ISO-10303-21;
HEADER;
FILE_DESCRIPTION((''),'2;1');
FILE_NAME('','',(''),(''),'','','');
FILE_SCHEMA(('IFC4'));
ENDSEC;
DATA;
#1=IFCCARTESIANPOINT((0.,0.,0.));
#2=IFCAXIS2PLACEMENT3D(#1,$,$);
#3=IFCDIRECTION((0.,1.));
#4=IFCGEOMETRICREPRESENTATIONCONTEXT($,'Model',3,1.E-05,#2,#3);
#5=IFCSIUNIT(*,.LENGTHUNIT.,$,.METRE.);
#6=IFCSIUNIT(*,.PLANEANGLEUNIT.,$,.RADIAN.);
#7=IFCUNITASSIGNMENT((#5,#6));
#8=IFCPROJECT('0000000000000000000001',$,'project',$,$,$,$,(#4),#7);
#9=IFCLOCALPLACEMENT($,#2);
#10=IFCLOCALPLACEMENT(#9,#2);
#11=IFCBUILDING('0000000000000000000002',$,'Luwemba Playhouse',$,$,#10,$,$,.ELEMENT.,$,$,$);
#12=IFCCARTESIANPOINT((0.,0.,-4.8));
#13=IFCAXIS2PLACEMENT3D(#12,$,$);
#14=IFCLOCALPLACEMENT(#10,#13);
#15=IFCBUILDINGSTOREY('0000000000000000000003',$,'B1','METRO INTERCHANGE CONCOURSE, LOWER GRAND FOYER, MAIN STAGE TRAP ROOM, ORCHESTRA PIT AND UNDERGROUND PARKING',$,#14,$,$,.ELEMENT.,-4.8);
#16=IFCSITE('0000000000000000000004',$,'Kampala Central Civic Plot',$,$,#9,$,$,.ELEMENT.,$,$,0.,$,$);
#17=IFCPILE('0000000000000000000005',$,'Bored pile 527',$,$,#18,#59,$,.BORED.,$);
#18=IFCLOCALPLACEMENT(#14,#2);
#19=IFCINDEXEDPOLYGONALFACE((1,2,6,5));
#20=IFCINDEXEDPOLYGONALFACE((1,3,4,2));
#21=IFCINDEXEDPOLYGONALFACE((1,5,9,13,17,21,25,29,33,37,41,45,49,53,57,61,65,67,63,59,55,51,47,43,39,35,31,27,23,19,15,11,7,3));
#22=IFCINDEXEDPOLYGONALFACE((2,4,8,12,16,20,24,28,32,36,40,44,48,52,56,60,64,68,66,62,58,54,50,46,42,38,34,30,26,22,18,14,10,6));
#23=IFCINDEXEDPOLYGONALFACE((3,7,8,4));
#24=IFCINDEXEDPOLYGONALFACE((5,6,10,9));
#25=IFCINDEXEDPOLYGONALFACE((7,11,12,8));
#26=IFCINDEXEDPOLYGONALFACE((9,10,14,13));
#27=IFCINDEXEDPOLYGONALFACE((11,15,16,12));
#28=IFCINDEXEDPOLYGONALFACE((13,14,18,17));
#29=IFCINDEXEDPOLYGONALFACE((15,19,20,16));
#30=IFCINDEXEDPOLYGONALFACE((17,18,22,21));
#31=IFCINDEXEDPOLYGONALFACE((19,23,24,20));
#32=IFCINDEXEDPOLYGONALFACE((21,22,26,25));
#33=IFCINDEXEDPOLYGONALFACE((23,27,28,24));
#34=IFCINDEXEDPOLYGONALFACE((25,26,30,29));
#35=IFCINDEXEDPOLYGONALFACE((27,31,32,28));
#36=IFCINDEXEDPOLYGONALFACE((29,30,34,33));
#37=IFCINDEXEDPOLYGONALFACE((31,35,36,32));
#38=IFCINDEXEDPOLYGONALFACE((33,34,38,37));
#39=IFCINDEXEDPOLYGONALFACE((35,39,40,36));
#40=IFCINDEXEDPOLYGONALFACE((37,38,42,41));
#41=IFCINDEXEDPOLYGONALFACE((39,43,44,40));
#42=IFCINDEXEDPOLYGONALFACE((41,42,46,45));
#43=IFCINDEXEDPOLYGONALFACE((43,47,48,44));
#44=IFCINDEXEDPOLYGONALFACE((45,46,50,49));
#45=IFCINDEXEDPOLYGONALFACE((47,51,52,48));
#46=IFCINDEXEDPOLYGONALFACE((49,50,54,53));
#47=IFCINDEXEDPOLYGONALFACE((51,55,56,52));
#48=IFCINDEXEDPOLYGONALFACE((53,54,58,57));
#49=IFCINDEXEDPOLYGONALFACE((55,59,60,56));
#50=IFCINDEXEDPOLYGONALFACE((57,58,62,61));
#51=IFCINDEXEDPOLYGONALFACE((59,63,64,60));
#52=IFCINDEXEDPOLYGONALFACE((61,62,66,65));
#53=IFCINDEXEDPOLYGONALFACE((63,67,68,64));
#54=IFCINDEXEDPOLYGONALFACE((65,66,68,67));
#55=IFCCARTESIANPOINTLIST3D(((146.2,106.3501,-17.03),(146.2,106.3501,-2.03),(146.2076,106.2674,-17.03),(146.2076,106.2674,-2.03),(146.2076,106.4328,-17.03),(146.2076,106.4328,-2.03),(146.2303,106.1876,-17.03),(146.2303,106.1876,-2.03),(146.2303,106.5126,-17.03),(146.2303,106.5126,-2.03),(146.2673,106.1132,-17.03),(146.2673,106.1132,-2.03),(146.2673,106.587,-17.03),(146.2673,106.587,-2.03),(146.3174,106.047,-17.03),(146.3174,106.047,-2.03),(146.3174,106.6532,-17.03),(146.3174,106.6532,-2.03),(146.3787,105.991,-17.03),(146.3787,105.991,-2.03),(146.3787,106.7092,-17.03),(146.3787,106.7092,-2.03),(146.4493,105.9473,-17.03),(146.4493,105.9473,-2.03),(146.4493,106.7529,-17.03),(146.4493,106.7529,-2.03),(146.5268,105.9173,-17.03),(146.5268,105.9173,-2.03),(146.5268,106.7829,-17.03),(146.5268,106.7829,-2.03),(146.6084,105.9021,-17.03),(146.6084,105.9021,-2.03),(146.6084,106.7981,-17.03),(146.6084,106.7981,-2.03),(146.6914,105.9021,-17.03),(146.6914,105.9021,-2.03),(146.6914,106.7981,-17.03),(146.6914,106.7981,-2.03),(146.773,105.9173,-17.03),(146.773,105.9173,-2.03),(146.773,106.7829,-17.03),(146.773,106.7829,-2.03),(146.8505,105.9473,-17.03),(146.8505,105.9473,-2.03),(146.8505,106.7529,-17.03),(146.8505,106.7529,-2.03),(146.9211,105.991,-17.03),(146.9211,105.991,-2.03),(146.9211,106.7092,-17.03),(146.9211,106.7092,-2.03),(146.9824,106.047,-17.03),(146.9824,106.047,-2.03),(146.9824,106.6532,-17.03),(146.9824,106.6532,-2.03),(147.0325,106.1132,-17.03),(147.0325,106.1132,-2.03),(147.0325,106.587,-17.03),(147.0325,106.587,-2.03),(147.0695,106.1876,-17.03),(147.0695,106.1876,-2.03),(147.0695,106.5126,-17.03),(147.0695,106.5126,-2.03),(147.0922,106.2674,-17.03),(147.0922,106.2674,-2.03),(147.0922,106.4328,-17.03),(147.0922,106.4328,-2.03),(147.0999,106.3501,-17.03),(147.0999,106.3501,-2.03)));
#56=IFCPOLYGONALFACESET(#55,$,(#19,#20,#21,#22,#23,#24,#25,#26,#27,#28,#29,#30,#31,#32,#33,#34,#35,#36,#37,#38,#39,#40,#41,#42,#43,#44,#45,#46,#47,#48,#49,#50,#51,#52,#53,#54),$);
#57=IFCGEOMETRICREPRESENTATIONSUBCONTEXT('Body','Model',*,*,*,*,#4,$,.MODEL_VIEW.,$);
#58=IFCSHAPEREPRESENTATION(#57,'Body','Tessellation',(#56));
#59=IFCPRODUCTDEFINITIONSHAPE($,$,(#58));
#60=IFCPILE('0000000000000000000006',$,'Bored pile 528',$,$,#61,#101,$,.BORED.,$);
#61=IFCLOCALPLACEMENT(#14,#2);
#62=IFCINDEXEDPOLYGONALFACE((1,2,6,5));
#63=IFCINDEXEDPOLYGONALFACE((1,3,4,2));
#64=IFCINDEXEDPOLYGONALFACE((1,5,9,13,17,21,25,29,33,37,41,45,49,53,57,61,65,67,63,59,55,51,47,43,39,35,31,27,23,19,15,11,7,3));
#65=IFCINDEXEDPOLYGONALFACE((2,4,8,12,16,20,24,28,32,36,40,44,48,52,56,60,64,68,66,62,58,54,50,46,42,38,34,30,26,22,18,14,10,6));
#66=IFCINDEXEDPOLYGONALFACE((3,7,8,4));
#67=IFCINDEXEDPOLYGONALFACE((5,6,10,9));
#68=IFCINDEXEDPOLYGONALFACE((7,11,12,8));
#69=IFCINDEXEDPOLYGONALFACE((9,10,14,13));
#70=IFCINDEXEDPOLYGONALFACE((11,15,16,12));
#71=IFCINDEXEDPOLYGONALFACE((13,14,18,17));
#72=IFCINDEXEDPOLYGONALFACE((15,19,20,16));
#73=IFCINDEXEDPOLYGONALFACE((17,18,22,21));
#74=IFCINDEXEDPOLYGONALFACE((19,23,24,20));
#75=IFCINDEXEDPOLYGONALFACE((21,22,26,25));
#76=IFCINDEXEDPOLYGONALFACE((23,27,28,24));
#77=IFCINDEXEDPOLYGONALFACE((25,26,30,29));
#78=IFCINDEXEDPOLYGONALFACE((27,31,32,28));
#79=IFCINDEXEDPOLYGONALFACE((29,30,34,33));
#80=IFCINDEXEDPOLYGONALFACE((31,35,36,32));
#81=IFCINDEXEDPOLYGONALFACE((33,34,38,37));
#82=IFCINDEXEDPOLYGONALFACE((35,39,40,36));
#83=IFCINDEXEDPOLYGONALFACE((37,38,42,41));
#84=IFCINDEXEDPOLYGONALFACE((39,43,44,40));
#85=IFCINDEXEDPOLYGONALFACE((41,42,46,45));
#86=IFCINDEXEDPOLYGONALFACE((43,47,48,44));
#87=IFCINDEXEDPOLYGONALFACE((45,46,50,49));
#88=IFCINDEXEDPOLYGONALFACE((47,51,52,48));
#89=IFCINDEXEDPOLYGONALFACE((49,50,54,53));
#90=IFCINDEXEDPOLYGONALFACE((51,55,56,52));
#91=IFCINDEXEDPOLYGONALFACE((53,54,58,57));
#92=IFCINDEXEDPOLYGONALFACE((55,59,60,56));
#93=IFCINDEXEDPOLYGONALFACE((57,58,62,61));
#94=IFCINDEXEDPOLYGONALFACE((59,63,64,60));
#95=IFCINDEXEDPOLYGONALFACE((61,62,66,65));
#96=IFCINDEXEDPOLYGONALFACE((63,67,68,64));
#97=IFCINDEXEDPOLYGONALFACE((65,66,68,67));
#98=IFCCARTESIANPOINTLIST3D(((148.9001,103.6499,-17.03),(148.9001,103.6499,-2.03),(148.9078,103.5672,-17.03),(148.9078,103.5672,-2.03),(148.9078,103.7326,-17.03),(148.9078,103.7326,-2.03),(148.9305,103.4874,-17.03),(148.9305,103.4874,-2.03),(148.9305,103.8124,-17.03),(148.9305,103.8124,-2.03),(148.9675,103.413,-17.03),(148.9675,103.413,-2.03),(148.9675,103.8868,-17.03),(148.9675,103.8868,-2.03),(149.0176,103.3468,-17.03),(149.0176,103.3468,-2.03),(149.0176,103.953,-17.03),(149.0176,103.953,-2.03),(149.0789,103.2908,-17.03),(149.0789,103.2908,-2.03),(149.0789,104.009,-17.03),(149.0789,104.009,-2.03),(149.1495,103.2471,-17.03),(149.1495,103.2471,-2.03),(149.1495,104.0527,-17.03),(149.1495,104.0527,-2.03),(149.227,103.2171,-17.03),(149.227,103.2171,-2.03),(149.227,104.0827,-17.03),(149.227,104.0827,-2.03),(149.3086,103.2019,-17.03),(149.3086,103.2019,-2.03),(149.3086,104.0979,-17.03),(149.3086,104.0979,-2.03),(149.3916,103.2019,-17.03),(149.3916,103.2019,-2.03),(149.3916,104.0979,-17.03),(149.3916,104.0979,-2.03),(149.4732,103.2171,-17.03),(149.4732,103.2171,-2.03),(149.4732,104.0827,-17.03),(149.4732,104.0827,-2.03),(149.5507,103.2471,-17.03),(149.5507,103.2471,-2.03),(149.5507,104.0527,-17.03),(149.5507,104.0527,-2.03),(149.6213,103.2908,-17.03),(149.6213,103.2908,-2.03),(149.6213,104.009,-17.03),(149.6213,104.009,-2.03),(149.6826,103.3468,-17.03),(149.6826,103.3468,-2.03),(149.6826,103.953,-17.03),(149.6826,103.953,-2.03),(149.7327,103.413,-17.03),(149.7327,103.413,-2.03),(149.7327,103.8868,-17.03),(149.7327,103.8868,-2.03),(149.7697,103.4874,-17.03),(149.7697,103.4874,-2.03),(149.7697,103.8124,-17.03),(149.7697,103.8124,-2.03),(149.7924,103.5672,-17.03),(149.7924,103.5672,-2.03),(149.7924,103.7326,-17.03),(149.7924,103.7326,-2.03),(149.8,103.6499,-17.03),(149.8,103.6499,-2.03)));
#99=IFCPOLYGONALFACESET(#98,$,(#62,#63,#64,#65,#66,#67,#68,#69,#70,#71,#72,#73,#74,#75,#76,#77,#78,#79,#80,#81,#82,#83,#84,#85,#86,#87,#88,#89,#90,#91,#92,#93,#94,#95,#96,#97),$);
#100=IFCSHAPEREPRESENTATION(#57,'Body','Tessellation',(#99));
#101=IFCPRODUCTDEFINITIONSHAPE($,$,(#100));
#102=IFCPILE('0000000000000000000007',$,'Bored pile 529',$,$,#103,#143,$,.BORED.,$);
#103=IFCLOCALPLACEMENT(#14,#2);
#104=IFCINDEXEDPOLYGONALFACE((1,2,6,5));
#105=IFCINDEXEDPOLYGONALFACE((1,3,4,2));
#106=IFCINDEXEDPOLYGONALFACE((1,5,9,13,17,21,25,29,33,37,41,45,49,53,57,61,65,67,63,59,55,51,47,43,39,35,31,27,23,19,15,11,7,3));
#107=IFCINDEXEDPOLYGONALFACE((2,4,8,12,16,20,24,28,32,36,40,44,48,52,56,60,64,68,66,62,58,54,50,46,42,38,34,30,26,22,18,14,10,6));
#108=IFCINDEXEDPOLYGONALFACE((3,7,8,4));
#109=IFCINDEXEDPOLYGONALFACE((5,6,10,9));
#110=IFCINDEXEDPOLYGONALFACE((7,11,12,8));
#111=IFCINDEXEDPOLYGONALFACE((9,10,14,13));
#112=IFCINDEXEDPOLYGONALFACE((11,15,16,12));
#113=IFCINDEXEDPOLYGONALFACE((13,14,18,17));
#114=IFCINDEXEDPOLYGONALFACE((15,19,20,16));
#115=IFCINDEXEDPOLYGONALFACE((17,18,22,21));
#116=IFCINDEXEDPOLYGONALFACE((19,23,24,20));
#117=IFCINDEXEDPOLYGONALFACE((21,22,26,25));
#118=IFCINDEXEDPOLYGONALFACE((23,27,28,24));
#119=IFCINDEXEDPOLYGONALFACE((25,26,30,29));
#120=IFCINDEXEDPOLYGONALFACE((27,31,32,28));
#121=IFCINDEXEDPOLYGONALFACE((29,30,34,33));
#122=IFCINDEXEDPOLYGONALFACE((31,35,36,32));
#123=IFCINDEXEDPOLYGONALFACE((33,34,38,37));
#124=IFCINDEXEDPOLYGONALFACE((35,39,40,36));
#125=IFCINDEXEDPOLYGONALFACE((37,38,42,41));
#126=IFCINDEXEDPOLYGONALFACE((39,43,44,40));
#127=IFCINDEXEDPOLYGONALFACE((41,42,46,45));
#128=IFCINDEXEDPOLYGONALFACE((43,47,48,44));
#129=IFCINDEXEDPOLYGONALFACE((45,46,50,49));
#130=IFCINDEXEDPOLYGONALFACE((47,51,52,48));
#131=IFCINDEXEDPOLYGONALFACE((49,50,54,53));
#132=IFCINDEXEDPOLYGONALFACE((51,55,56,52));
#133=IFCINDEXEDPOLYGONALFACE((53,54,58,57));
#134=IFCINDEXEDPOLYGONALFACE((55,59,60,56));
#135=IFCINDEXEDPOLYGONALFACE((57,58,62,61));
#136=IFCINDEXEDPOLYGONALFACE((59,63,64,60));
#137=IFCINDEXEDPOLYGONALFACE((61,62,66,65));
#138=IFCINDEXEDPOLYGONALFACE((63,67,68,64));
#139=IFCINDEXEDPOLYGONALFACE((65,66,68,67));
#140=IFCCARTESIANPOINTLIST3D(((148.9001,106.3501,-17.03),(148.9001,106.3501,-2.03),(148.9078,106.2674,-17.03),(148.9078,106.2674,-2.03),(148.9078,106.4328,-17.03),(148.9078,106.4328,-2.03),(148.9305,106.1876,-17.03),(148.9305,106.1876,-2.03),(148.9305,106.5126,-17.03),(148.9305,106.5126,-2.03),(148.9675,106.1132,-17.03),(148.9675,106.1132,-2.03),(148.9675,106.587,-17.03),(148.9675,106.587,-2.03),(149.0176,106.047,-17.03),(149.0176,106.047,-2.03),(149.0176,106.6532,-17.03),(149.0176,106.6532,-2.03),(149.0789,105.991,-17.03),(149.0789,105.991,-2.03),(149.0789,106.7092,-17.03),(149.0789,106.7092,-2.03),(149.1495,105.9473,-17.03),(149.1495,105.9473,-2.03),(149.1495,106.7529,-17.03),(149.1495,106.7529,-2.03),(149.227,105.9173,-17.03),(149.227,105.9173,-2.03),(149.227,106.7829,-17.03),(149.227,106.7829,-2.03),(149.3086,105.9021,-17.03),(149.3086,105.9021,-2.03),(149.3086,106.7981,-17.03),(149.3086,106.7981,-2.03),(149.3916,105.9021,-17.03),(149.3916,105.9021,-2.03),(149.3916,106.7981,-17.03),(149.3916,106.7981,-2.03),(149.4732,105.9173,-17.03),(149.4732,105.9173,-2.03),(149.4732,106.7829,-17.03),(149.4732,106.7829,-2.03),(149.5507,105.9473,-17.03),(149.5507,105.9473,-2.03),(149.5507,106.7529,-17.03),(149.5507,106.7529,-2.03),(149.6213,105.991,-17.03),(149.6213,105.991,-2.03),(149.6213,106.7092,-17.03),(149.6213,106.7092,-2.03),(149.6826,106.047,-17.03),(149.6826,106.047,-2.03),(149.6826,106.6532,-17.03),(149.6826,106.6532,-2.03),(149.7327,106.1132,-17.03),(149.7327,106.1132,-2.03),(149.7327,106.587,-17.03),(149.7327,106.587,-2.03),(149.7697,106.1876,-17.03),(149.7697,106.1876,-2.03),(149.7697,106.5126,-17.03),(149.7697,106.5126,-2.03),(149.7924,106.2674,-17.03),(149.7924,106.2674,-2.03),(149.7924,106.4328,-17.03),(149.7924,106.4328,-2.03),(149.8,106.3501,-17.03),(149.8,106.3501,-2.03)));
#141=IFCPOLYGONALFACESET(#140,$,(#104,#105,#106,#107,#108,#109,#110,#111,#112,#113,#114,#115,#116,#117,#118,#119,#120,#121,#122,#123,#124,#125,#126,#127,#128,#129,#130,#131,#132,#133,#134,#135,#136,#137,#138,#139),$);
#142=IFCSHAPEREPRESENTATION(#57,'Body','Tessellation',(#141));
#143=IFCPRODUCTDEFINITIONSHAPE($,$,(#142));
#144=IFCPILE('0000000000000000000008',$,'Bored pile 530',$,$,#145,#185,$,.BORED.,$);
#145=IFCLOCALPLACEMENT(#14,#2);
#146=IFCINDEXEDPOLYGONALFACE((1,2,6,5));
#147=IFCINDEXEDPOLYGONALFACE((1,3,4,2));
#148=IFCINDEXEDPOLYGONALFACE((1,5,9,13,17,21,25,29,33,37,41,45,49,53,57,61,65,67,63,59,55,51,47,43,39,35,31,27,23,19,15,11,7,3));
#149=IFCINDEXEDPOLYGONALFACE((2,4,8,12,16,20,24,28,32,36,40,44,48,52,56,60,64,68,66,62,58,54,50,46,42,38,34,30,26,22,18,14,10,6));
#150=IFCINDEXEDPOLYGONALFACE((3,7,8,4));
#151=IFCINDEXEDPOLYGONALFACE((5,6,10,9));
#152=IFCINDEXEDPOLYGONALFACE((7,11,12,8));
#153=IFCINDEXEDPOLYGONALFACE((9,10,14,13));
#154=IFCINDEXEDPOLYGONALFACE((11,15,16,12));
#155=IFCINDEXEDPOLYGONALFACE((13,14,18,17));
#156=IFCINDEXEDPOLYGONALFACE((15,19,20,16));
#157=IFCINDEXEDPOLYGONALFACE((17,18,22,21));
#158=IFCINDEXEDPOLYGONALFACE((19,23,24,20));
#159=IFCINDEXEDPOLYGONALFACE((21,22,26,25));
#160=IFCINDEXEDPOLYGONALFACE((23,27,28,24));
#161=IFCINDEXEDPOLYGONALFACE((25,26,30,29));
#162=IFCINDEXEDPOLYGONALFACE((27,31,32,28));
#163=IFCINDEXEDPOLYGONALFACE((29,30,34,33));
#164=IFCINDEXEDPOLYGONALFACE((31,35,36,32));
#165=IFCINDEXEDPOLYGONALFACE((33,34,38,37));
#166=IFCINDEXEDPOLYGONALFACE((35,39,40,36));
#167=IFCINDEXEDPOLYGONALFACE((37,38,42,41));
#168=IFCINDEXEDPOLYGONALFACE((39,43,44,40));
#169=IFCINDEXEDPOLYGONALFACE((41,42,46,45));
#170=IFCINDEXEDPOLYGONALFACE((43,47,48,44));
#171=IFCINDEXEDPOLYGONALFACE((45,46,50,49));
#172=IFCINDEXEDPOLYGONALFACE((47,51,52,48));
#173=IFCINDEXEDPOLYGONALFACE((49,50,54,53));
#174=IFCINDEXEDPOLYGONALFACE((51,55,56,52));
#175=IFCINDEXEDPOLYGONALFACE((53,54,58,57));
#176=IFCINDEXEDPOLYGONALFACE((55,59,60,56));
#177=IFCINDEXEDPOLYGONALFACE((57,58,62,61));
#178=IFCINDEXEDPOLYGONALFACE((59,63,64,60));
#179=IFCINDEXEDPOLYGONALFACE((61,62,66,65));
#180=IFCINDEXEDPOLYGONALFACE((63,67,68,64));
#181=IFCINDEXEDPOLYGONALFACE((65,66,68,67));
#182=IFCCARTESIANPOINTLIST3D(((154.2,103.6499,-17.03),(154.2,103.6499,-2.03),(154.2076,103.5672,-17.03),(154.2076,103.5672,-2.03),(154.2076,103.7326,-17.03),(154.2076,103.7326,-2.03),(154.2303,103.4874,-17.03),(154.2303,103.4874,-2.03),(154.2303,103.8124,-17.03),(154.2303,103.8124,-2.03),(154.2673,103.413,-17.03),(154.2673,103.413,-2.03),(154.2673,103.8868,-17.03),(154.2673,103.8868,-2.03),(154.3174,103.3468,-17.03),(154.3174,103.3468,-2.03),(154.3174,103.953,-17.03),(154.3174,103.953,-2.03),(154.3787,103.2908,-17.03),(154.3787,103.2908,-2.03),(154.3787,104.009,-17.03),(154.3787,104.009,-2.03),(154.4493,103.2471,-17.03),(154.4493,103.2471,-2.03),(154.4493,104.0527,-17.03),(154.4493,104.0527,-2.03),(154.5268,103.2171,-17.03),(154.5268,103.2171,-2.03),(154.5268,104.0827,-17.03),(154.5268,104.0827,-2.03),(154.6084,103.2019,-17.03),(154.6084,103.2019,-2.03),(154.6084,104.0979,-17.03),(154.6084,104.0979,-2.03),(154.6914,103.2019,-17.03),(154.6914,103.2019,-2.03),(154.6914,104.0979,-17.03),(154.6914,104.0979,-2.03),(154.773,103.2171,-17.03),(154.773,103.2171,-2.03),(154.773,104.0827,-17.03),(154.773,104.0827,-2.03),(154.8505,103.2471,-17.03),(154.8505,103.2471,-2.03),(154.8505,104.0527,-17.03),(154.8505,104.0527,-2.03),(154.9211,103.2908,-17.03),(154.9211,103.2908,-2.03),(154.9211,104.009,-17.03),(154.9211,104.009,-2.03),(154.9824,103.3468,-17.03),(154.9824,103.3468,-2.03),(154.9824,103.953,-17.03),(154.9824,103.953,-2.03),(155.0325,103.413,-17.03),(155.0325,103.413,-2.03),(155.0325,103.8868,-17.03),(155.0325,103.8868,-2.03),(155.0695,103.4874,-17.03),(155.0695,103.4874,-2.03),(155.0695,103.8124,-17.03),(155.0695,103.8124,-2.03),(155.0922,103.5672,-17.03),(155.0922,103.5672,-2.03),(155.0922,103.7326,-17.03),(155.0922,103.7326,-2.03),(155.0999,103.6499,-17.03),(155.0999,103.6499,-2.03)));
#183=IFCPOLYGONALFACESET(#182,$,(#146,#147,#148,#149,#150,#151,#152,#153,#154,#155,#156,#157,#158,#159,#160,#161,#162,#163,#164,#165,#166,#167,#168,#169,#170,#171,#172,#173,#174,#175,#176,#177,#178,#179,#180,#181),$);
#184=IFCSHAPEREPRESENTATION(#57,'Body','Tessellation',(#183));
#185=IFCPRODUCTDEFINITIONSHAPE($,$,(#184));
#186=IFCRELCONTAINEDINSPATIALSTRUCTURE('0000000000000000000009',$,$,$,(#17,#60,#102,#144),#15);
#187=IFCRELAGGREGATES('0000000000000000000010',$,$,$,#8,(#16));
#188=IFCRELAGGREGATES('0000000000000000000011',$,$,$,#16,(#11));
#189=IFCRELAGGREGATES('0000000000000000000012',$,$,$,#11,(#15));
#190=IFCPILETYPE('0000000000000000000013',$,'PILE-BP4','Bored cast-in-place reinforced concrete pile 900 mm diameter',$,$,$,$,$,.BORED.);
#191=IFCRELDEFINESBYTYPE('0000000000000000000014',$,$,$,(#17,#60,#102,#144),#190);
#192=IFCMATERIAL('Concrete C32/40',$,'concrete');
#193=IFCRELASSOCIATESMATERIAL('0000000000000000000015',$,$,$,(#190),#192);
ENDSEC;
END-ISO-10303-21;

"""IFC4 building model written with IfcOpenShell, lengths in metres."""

from ifc_helpers import new_model, si_unit, direction, frame, origin, origin_2d, place, context, subcontext, project, spatial, circle, extrude, material, material_profile, profile_set, type_object, element, save


model = new_model("IFC4")

# Units and contexts
model_context = context("Model", 3, precision=1e-05, world=origin(), true_north=direction((0.0, 1.0)))
body_context = subcontext(model_context, "Body", "Model", "MODEL_VIEW")
ifc_project = project(units=[si_unit("LENGTHUNIT", "METRE"), si_unit("PLANEANGLEUNIT", "RADIAN")], contexts=[model_context])

# Site, building, storey
site_placement = place(None, origin())
site = spatial("IfcSite", under=ifc_project, at=site_placement, Name="Kampala Central Civic Plot", CompositionType="ELEMENT", RefElevation=0.0)
building_placement = place(site_placement, origin())
building = spatial("IfcBuilding", under=site, at=building_placement, Name="Luwemba Playhouse", CompositionType="ELEMENT")
storey_placement = place(building_placement, frame((0.0, 0.0, -4.8)))
storey = spatial("IfcBuildingStorey", under=building, at=storey_placement, Name="B1", Description="METRO INTERCHANGE CONCOURSE, LOWER GRAND FOYER, MAIN STAGE TRAP ROOM, ORCHESTRA PIT AND UNDERGROUND PARKING", CompositionType="ELEMENT", Elevation=-4.8)

# Shared definitions
ifc_material_1 = material(Name="Concrete C32/40", Category="concrete")

# Piles
ifc_material_profile_1 = material_profile(ifc_material_1, circle(Radius=0.45, at=origin_2d()))
ifc_profile_set_1 = profile_set([ifc_material_profile_1], Name="Concrete C32/40")
pile_type = type_object("IfcPileType", Name="PILE-BP4", Description="Bored cast-in-place reinforced concrete pile 900 mm diameter", PredefinedType="BORED", material=ifc_profile_set_1)
for number, where, z_axis, x_axis, name in (
    (1, (146.6499, 106.3501, -2.03), (0.0, 0.0, -1.0), (1.0, 0.0, 0.0), "Bored pile 527"),
    (2, (149.3501, 103.6499, -2.03), (0.0, 0.0, -1.0), (1.0, 0.0, 0.0), "Bored pile 528"),
    (3, (149.3501, 106.3501, -2.03), (0.0, 0.0, -1.0), (1.0, 0.0, 0.0), "Bored pile 529"),
    (4, (154.6499, 103.6499, -2.03), (0.0, 0.0, -1.0), (1.0, 0.0, 0.0), "Bored pile 530"),
):
    element("IfcPile", number, at=place(storey_placement, frame(where, z_axis=z_axis, x_axis=x_axis)), inside=storey, type_object=pile_type, Name=name, PredefinedType="BORED", context=body_context, shape_type="SweptSolid", body=[
        extrude(circle(Radius=0.45, at=origin_2d()), origin(), (0.0, 0.0, 1.0), 15.0),
    ])

save(model, "model.ifc")
